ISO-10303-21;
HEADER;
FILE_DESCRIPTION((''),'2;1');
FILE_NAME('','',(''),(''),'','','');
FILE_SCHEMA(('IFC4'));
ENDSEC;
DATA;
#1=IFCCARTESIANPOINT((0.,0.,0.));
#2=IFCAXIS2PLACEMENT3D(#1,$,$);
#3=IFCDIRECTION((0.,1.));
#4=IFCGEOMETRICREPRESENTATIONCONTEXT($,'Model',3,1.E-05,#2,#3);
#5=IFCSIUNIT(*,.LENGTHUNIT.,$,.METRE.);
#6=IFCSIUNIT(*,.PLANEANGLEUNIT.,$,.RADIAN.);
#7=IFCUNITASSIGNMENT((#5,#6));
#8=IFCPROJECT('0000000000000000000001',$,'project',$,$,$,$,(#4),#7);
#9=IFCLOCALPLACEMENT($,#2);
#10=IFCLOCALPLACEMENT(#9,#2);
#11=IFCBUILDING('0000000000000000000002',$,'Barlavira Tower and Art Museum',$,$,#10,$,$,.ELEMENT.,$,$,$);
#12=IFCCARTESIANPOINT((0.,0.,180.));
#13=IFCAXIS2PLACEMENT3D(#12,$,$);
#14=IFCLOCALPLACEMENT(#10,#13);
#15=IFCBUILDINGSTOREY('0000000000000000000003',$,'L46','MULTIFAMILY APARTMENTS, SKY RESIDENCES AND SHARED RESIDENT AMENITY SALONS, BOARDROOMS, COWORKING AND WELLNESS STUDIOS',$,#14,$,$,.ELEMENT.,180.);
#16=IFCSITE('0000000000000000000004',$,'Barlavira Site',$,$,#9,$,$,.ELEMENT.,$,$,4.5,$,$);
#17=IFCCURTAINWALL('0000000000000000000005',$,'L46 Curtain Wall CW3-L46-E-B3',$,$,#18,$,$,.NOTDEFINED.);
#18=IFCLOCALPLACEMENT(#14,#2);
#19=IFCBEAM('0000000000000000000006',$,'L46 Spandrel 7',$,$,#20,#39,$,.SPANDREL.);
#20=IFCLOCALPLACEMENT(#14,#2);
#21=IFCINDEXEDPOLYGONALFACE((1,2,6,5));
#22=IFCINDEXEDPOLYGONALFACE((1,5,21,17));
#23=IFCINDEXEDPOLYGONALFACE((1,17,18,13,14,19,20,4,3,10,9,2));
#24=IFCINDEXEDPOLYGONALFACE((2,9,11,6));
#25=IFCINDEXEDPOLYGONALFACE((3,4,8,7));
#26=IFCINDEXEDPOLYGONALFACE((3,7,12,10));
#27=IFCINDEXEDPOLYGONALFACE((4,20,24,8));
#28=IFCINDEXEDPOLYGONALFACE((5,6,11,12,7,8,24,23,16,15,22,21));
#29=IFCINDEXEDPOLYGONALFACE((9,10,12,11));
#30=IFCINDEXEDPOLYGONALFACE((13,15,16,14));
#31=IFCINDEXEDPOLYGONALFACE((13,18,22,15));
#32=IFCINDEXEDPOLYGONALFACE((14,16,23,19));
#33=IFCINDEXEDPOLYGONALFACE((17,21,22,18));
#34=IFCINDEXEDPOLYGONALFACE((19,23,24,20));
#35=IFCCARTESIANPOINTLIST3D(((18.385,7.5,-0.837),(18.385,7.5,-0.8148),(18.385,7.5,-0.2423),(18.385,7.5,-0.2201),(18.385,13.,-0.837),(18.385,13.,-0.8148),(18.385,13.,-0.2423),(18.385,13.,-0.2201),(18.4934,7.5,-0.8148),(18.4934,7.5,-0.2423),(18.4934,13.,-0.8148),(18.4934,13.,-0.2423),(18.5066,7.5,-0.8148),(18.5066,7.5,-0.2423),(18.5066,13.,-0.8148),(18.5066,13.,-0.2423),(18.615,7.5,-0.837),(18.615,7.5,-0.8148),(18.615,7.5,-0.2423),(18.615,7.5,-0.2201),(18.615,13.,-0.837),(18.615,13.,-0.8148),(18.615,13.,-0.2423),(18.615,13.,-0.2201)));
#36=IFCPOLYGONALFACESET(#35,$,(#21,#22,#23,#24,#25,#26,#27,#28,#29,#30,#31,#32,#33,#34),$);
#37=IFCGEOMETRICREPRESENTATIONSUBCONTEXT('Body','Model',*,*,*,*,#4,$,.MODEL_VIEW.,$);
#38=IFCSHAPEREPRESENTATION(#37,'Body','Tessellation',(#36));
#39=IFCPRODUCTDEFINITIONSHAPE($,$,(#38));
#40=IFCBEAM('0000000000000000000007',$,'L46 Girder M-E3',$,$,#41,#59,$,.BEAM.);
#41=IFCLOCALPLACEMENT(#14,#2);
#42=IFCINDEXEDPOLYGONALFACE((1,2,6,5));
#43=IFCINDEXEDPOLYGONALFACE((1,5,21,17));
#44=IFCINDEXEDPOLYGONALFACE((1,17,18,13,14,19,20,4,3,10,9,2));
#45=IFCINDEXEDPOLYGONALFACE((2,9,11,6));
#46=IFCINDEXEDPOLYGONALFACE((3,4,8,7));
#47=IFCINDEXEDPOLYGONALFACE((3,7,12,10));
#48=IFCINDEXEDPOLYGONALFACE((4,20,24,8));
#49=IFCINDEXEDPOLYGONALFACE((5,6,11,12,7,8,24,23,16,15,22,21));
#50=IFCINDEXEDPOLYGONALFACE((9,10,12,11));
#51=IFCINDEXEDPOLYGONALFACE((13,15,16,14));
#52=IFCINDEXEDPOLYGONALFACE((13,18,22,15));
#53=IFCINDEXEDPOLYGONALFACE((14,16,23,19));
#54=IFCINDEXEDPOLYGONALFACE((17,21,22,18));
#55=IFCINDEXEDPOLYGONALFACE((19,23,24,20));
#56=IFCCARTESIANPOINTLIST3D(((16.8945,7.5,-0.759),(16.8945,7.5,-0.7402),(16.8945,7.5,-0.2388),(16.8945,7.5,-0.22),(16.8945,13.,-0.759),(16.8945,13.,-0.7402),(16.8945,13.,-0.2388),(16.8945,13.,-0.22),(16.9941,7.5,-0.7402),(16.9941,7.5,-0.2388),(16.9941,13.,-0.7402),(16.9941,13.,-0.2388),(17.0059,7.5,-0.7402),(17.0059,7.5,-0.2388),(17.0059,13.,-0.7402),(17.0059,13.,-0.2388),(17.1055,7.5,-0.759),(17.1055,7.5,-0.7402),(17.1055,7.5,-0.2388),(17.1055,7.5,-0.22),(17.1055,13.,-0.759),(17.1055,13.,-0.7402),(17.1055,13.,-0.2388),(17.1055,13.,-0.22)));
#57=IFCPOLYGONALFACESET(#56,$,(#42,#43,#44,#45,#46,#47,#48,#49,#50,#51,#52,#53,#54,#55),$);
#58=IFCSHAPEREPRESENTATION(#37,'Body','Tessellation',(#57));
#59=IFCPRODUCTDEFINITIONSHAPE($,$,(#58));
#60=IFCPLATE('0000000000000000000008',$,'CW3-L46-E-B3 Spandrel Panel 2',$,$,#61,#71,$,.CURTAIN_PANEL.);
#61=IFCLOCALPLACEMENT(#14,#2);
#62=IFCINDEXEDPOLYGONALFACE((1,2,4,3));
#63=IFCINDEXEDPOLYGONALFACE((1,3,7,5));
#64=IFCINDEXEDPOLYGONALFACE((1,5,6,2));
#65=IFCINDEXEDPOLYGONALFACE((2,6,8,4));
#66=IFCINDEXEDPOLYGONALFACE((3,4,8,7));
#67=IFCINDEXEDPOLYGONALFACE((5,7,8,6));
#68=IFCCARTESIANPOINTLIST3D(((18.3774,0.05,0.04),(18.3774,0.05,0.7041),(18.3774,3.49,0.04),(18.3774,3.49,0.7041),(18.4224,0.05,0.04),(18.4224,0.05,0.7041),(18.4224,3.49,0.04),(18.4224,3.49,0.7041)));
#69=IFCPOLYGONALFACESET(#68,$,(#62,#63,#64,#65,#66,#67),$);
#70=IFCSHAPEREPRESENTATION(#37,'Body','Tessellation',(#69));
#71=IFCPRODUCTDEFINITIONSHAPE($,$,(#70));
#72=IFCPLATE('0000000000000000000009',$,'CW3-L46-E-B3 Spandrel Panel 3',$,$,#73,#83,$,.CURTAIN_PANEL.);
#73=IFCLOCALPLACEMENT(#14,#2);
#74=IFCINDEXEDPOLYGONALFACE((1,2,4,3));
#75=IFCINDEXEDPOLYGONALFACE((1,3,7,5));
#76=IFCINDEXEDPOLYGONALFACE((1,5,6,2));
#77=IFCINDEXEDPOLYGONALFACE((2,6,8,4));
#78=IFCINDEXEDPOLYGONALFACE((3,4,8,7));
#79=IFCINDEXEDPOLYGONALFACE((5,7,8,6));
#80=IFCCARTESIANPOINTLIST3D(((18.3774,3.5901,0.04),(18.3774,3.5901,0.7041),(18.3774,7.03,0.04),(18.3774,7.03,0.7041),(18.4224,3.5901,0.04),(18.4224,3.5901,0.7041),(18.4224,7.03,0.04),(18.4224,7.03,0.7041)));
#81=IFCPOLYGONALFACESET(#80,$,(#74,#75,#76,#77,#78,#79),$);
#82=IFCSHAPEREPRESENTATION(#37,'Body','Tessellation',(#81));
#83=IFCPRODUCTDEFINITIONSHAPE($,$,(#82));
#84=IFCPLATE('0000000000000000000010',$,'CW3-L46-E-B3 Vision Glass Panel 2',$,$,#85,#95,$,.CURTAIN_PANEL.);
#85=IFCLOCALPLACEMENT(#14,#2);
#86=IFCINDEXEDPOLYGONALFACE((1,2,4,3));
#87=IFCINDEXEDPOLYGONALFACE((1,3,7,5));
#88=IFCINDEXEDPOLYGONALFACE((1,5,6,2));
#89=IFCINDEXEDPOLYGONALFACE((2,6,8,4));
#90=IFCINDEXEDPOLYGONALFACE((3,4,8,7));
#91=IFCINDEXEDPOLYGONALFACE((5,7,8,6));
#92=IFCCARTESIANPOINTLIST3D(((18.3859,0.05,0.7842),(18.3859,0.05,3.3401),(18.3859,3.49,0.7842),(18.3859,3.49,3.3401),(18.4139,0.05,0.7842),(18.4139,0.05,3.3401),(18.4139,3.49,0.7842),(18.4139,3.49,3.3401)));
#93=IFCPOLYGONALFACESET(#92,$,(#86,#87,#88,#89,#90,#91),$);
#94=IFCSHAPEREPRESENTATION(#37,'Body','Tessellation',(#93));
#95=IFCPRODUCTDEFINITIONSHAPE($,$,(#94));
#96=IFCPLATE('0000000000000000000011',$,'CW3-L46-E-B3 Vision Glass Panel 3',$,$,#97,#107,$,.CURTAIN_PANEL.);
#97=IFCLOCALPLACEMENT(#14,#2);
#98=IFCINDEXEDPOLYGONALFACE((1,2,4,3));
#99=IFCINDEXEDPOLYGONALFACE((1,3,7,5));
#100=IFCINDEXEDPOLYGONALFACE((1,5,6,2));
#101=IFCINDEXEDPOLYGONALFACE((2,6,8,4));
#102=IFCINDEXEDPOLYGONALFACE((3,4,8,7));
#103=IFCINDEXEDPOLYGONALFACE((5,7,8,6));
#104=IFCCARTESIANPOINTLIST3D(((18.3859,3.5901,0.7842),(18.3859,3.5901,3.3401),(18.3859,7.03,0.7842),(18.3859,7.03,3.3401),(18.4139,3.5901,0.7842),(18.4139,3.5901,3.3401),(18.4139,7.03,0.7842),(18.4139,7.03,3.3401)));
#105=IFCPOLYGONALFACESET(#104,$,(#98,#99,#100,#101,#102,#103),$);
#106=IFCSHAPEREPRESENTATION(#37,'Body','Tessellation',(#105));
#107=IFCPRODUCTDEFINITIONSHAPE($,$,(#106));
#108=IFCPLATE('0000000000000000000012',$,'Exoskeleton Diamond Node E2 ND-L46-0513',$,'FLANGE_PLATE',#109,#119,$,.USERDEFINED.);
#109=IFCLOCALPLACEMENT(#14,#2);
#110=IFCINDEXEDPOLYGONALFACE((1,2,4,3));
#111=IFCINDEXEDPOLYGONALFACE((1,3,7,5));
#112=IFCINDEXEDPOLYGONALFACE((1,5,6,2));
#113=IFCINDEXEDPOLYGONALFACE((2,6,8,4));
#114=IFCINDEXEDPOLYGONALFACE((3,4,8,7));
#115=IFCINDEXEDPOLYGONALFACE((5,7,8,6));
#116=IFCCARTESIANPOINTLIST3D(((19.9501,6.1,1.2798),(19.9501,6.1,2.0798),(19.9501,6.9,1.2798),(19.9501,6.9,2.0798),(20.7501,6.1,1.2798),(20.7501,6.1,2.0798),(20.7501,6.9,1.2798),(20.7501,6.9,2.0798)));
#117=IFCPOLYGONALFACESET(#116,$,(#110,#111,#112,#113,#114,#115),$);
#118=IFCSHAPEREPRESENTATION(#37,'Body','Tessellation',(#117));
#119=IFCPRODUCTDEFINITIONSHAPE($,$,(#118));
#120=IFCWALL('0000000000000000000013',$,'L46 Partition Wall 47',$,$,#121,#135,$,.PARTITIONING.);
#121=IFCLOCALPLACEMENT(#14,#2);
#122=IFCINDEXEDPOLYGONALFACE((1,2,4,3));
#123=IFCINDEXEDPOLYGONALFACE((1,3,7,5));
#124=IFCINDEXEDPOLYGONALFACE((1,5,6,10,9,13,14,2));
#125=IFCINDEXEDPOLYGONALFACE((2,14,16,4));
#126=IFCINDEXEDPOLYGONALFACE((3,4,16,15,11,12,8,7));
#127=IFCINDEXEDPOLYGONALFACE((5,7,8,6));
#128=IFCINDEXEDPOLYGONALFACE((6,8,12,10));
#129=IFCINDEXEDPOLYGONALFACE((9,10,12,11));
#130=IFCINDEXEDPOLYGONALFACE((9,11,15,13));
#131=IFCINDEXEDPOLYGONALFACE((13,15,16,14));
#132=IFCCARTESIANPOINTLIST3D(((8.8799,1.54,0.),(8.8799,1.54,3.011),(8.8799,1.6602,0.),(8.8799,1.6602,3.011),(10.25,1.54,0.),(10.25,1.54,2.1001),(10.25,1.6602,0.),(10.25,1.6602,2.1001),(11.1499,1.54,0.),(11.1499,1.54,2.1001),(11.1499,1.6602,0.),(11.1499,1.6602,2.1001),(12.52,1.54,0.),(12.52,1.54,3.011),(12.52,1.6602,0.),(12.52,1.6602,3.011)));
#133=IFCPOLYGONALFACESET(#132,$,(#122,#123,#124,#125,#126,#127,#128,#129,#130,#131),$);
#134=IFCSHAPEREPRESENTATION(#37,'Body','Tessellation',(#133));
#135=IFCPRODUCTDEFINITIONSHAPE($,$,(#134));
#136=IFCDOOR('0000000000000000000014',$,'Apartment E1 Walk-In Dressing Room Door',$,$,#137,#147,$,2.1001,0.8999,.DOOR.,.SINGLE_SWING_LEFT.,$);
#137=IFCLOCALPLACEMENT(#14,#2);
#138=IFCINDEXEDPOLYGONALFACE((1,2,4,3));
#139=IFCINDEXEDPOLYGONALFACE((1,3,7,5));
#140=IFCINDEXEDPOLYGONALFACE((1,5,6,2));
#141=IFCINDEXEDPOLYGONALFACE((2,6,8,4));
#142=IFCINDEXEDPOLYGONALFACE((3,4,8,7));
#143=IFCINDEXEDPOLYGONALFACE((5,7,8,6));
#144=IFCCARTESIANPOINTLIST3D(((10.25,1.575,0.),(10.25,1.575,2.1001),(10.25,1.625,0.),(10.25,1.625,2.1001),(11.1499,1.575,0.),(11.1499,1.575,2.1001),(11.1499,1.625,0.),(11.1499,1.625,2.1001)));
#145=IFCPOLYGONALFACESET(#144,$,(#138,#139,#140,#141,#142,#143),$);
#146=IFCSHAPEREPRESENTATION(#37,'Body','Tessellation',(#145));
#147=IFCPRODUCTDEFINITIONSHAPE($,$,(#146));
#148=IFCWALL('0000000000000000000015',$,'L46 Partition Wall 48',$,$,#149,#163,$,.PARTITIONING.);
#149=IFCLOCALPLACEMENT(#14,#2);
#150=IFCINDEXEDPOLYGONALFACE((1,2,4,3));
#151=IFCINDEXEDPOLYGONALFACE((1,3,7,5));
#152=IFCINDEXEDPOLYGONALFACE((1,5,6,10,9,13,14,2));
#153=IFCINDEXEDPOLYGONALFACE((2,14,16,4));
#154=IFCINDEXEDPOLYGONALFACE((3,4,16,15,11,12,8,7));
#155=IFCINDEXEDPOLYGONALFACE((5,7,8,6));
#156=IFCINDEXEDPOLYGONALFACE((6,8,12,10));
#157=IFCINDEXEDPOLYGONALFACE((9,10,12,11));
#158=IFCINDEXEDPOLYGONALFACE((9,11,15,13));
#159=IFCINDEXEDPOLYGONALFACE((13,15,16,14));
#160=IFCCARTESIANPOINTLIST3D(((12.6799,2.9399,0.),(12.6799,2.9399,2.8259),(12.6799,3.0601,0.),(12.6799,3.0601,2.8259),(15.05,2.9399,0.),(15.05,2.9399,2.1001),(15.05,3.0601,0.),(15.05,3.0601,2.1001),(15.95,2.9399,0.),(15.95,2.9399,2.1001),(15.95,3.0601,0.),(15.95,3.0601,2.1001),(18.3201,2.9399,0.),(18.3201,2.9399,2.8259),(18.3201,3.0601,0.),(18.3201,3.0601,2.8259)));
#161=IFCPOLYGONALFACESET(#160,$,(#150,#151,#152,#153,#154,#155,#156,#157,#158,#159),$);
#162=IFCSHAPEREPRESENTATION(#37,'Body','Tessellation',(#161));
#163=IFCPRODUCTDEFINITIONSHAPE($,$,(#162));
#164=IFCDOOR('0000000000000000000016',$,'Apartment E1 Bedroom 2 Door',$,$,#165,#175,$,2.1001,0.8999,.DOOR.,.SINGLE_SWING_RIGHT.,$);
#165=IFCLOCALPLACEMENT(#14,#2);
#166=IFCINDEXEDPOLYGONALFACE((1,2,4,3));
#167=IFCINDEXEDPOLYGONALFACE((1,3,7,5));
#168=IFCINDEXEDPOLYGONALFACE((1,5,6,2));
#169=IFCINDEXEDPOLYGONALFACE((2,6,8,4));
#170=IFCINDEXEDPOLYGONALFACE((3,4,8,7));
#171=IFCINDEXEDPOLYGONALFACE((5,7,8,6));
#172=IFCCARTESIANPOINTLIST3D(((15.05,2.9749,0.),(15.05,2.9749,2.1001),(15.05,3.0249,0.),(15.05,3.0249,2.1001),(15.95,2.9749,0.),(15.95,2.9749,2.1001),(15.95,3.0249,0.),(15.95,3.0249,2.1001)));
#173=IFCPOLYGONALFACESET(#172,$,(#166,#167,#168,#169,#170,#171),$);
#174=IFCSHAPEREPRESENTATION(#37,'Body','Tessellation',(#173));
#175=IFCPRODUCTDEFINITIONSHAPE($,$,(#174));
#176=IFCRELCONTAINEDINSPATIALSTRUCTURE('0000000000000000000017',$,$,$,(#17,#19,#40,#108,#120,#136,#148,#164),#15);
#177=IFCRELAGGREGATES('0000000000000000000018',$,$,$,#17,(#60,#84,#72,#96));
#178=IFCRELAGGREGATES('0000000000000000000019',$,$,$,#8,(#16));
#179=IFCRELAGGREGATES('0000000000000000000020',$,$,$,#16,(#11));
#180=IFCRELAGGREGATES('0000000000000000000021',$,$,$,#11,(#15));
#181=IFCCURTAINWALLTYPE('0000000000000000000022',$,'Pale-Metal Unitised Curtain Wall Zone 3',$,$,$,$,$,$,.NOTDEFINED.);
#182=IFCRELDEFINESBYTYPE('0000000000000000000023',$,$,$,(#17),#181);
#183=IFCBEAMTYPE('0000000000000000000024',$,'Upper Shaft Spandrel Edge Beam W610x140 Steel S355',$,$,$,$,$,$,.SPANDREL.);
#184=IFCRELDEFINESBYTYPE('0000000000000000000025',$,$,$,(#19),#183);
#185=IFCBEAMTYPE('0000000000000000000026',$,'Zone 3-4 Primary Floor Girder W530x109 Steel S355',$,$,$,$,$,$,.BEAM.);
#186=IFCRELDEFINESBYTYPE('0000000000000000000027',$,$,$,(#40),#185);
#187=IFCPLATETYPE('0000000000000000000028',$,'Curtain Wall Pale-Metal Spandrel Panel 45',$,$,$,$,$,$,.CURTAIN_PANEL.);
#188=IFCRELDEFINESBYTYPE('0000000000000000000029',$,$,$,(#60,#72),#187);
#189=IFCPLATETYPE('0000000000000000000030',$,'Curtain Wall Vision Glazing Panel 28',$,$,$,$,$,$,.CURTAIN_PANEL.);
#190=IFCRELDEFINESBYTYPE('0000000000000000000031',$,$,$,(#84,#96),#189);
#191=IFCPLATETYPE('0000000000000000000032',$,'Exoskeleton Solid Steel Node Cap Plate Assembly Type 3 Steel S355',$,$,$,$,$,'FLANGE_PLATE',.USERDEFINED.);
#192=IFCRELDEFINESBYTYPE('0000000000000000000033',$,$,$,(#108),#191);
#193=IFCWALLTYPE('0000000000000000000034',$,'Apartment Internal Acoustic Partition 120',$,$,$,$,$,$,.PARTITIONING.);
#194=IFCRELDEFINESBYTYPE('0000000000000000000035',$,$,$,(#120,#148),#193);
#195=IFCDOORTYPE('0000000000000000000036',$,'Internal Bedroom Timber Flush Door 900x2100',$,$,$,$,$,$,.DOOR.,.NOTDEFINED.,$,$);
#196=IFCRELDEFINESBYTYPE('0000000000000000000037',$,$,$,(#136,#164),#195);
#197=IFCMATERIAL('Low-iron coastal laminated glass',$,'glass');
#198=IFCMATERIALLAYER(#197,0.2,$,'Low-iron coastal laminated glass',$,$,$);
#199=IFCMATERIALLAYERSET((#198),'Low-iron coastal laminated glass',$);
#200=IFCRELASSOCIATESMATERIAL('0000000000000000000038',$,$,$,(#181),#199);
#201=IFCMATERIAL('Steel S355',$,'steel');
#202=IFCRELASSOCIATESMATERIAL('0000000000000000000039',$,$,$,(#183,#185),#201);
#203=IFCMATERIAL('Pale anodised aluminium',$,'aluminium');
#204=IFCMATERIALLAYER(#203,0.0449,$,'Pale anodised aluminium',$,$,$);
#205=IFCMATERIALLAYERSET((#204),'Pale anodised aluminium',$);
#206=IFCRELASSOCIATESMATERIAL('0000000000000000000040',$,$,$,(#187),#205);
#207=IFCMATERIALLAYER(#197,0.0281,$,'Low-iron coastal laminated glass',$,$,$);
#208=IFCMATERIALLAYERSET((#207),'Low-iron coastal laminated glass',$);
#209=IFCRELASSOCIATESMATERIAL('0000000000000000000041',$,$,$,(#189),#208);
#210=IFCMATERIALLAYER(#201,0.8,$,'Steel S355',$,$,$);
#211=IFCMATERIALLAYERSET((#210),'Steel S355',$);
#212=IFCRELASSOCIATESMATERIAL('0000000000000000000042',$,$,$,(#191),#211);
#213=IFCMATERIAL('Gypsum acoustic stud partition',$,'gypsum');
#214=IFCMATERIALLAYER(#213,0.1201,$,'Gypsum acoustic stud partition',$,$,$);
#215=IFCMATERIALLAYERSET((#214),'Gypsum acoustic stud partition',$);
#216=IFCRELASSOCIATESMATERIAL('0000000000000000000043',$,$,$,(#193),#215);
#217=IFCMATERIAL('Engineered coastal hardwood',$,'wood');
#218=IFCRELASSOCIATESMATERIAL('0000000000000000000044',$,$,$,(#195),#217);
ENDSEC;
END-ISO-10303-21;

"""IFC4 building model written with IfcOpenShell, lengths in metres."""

from ifc_helpers import new_model, si_unit, direction, frame, frame_2d, origin, origin_2d, place, context, subcontext, project, spatial, rectangle, i_section, extrude, material, layer, layer_set, material_profile, profile_set, type_object, element, fill, aggregate, save


model = new_model("IFC4")

# Units and contexts
model_context = context("Model", 3, precision=1e-05, world=origin(), true_north=direction((0.0, 1.0)))
body_context = subcontext(model_context, "Body", "Model", "MODEL_VIEW")
ifc_project = project(units=[si_unit("LENGTHUNIT", "METRE"), si_unit("PLANEANGLEUNIT", "RADIAN")], contexts=[model_context])

# Site, building, storey
site_placement = place(None, origin())
site = spatial("IfcSite", under=ifc_project, at=site_placement, Name="Barlavira Site", CompositionType="ELEMENT", RefElevation=4.5)
building_placement = place(site_placement, origin())
building = spatial("IfcBuilding", under=site, at=building_placement, Name="Barlavira Tower and Art Museum", CompositionType="ELEMENT")
storey_placement = place(building_placement, frame((0.0, 0.0, 180.0)))
storey = spatial("IfcBuildingStorey", under=building, at=storey_placement, Name="L46", Description="MULTIFAMILY APARTMENTS, SKY RESIDENCES AND SHARED RESIDENT AMENITY SALONS, BOARDROOMS, COWORKING AND WELLNESS STUDIOS", CompositionType="ELEMENT", Elevation=180.0)

# Curtain wall
ifc_material_1 = material(Name="Low-iron coastal laminated glass", Category="glass")
ifc_layer_1 = layer(ifc_material_1, 0.2, Name="Low-iron coastal laminated glass")
ifc_layer_set_1 = layer_set([ifc_layer_1], Name="Low-iron coastal laminated glass")
curtain_wall_type = type_object("IfcCurtainWallType", Name="Pale-Metal Unitised Curtain Wall Zone 3", PredefinedType="NOTDEFINED", material=ifc_layer_set_1)
curtain_wall_placement = place(storey_placement, origin())
curtain_wall = element("IfcCurtainWall", 1, at=curtain_wall_placement, inside=storey, type_object=curtain_wall_type, Name="L46 Curtain Wall CW3-L46-E-B3", PredefinedType="NOTDEFINED")
ifc_material_2 = material(Name="Pale anodised aluminium", Category="aluminium")

# Beams
ifc_material_3 = material(Name="Steel S355", Category="steel")
ifc_material_profile_1 = material_profile(ifc_material_3, i_section(OverallWidth=0.23, OverallDepth=0.6169, WebThickness=0.0132, FlangeThickness=0.0222, at=origin_2d()), Name="W610x140.0")
ifc_profile_set_1 = profile_set([ifc_material_profile_1], Name="Steel S355")
beam_type_1 = type_object("IfcBeamType", Name="Upper Shaft Spandrel Edge Beam W610x140 Steel S355", PredefinedType="SPANDREL", material=ifc_profile_set_1)
beam_1_placement = place(storey_placement, frame((18.5, 7.5, -0.5286), z_axis=(0.0, 1.0, 0.0), x_axis=(-1.0, 0.0, 0.0)))
element("IfcBeam", 2, at=beam_1_placement, inside=storey, type_object=beam_type_1, Name="L46 Spandrel 7", PredefinedType="SPANDREL", context=body_context, shape_type="SweptSolid", body=[
    extrude(i_section(OverallWidth=0.23, OverallDepth=0.6169, WebThickness=0.0132, FlangeThickness=0.0222, at=origin_2d()), origin(), (0.0, 0.0, 1.0), 5.5),
])
ifc_material_profile_2 = material_profile(ifc_material_3, i_section(OverallWidth=0.2109, OverallDepth=0.5391, WebThickness=0.0117, FlangeThickness=0.0188, at=origin_2d()), Name="W530x109.0")
ifc_profile_set_2 = profile_set([ifc_material_profile_2], Name="Steel S355")
beam_type_2 = type_object("IfcBeamType", Name="Zone 3-4 Primary Floor Girder W530x109 Steel S355", PredefinedType="BEAM", material=ifc_profile_set_2)
beam_2_placement = place(storey_placement, frame((17.0, 7.5, -0.4895), z_axis=(0.0, 1.0, 0.0), x_axis=(-1.0, 0.0, 0.0)))
element("IfcBeam", 3, at=beam_2_placement, inside=storey, type_object=beam_type_2, Name="L46 Girder M-E3", PredefinedType="BEAM", context=body_context, shape_type="SweptSolid", body=[
    extrude(i_section(OverallWidth=0.2109, OverallDepth=0.5391, WebThickness=0.0117, FlangeThickness=0.0188, at=origin_2d()), origin(), (0.0, 0.0, 1.0), 5.5),
])

# Plates
ifc_layer_2 = layer(ifc_material_2, 0.0449, Name="Pale anodised aluminium")
ifc_layer_set_2 = layer_set([ifc_layer_2], Name="Pale anodised aluminium")
plate_type_1 = type_object("IfcPlateType", Name="Curtain Wall Pale-Metal Spandrel Panel 45", PredefinedType="CURTAIN_PANEL", material=ifc_layer_set_2)
plate_1_placement = place(storey_placement, frame((18.3999, 1.77, 0.04), z_axis=(0.0, 0.0, 1.0), x_axis=(0.0, 1.0, 0.0)))
plate_1 = element("IfcPlate", 4, at=plate_1_placement, type_object=plate_type_1, Name="CW3-L46-E-B3 Spandrel Panel 2", PredefinedType="CURTAIN_PANEL", context=body_context, shape_type="SweptSolid", body=[
    extrude(rectangle(XDim=3.4399, YDim=0.0449, at=origin_2d()), origin(), (0.0, 0.0, 1.0), 0.6641),
])
plate_2_placement = place(storey_placement, frame((18.3999, 5.3101, 0.04), z_axis=(0.0, 0.0, 1.0), x_axis=(0.0, 1.0, 0.0)))
plate_2 = element("IfcPlate", 5, at=plate_2_placement, type_object=plate_type_1, Name="CW3-L46-E-B3 Spandrel Panel 3", PredefinedType="CURTAIN_PANEL", context=body_context, shape_type="SweptSolid", body=[
    extrude(rectangle(XDim=3.4399, YDim=0.0449, at=origin_2d()), origin(), (0.0, 0.0, 1.0), 0.6641),
])
ifc_layer_3 = layer(ifc_material_1, 0.0281, Name="Low-iron coastal laminated glass")
ifc_layer_set_3 = layer_set([ifc_layer_3], Name="Low-iron coastal laminated glass")
plate_type_2 = type_object("IfcPlateType", Name="Curtain Wall Vision Glazing Panel 28", PredefinedType="CURTAIN_PANEL", material=ifc_layer_set_3)
plate_3_placement = place(storey_placement, frame((18.3999, 1.77, 0.7842), z_axis=(0.0, 0.0, 1.0), x_axis=(0.0, 1.0, 0.0)))
plate_3 = element("IfcPlate", 6, at=plate_3_placement, type_object=plate_type_2, Name="CW3-L46-E-B3 Vision Glass Panel 2", PredefinedType="CURTAIN_PANEL", context=body_context, shape_type="SweptSolid", body=[
    extrude(rectangle(XDim=3.4399, YDim=0.0281, at=origin_2d()), origin(), (0.0, 0.0, 1.0), 2.5559),
])
plate_4_placement = place(storey_placement, frame((18.3999, 5.3101, 0.7842), z_axis=(0.0, 0.0, 1.0), x_axis=(0.0, 1.0, 0.0)))
plate_4 = element("IfcPlate", 7, at=plate_4_placement, type_object=plate_type_2, Name="CW3-L46-E-B3 Vision Glass Panel 3", PredefinedType="CURTAIN_PANEL", context=body_context, shape_type="SweptSolid", body=[
    extrude(rectangle(XDim=3.4399, YDim=0.0281, at=origin_2d()), origin(), (0.0, 0.0, 1.0), 2.5559),
])
aggregate(curtain_wall, [plate_1, plate_3, plate_2, plate_4])
ifc_layer_4 = layer(ifc_material_3, 0.8, Name="Steel S355")
ifc_layer_set_4 = layer_set([ifc_layer_4], Name="Steel S355")
plate_type_3 = type_object("IfcPlateType", Name="Exoskeleton Solid Steel Node Cap Plate Assembly Type 3 Steel S355", ElementType="FLANGE_PLATE", PredefinedType="USERDEFINED", material=ifc_layer_set_4)
plate_5_placement = place(storey_placement, frame((20.3501, 6.5, 1.2798), z_axis=(0.0, 0.0, 1.0), x_axis=(1.0, 0.0, 0.0)))
element("IfcPlate", 8, at=plate_5_placement, inside=storey, type_object=plate_type_3, Name="Exoskeleton Diamond Node E2 ND-L46-0513", ObjectType="FLANGE_PLATE", PredefinedType="USERDEFINED", context=body_context, shape_type="SweptSolid", body=[
    extrude(rectangle(XDim=0.8, YDim=0.8, at=origin_2d()), origin(), (0.0, 0.0, 1.0), 0.8),
])

# Walls, openings, doors
ifc_material_4 = material(Name="Gypsum acoustic stud partition", Category="gypsum")
ifc_layer_5 = layer(ifc_material_4, 0.1201, Name="Gypsum acoustic stud partition")
ifc_layer_set_5 = layer_set([ifc_layer_5], Name="Gypsum acoustic stud partition")
wall_type_1 = type_object("IfcWallType", Name="Apartment Internal Acoustic Partition 120", PredefinedType="PARTITIONING", material=ifc_layer_set_5)
wall_1_placement = place(storey_placement, frame((8.8799, 1.6001, 0.0), z_axis=(0.0, 0.0, 1.0), x_axis=(1.0, 0.0, 0.0)))
wall_1 = element("IfcWall", 9, at=wall_1_placement, inside=storey, type_object=wall_type_1, Name="L46 Partition Wall 47", PredefinedType="PARTITIONING", context=body_context, shape_type="SweptSolid", body=[
    extrude(rectangle(XDim=3.6401, YDim=0.1201, at=frame_2d((1.8201, 0.0))), origin(), (0.0, 0.0, 1.0), 3.011),
])
opening_1_placement = place(wall_1_placement, frame((1.3701, 0.0, 0.0)))
opening_1 = element("IfcOpeningElement", 10, at=opening_1_placement, cuts=wall_1, PredefinedType="OPENING", context=body_context, shape_type="SweptSolid", body=[
    extrude(rectangle(XDim=0.8999, YDim=2.1001, at=frame_2d((0.45, 1.05))), frame((0.0, 0.0701, 0.0), z_axis=(0.0, -1.0, 0.0), x_axis=(1.0, 0.0, 0.0)), (0.0, 0.0, 1.0), 0.1401),
])
ifc_material_5 = material(Name="Engineered coastal hardwood", Category="wood")
door_type = type_object("IfcDoorType", Name="Internal Bedroom Timber Flush Door 900x2100", OperationType="NOTDEFINED", PredefinedType="DOOR", material=ifc_material_5)
door_1_placement = place(opening_1_placement, origin())
door_1 = element("IfcDoor", 11, at=door_1_placement, inside=storey, type_object=door_type, Name="Apartment E1 Walk-In Dressing Room Door", OperationType="SINGLE_SWING_LEFT", OverallHeight=2.1001, OverallWidth=0.8999, PredefinedType="DOOR", context=body_context, shape_type="SweptSolid", body=[
    extrude(rectangle(XDim=0.8999, YDim=2.1001, at=frame_2d((0.45, 1.05))), frame((0.0, 0.0249, 0.0), z_axis=(0.0, -1.0, 0.0), x_axis=(1.0, 0.0, 0.0)), (0.0, 0.0, 1.0), 0.05),
])
fill(opening_1, door_1)
wall_2_placement = place(storey_placement, frame((12.6799, 3.0, 0.0), z_axis=(0.0, 0.0, 1.0), x_axis=(1.0, 0.0, 0.0)))
wall_2 = element("IfcWall", 12, at=wall_2_placement, inside=storey, type_object=wall_type_1, Name="L46 Partition Wall 48", PredefinedType="PARTITIONING", context=body_context, shape_type="SweptSolid", body=[
    extrude(rectangle(XDim=5.6401, YDim=0.1201, at=frame_2d((2.8201, 0.0))), origin(), (0.0, 0.0, 1.0), 2.8259),
])
opening_2_placement = place(wall_2_placement, frame((2.3701, 0.0, 0.0)))
opening_2 = element("IfcOpeningElement", 13, at=opening_2_placement, cuts=wall_2, PredefinedType="OPENING", context=body_context, shape_type="SweptSolid", body=[
    extrude(rectangle(XDim=0.8999, YDim=2.1001, at=frame_2d((0.45, 1.05))), frame((0.0, 0.0701, 0.0), z_axis=(0.0, -1.0, 0.0), x_axis=(1.0, 0.0, 0.0)), (0.0, 0.0, 1.0), 0.1401),
])
door_2_placement = place(opening_2_placement, origin())
door_2 = element("IfcDoor", 14, at=door_2_placement, inside=storey, type_object=door_type, Name="Apartment E1 Bedroom 2 Door", OperationType="SINGLE_SWING_RIGHT", OverallHeight=2.1001, OverallWidth=0.8999, PredefinedType="DOOR", context=body_context, shape_type="SweptSolid", body=[
    extrude(rectangle(XDim=0.8999, YDim=2.1001, at=frame_2d((0.45, 1.05))), frame((0.0, 0.0249, 0.0), z_axis=(0.0, -1.0, 0.0), x_axis=(1.0, 0.0, 0.0)), (0.0, 0.0, 1.0), 0.05),
])
fill(opening_2, door_2)

save(model, "model.ifc")
